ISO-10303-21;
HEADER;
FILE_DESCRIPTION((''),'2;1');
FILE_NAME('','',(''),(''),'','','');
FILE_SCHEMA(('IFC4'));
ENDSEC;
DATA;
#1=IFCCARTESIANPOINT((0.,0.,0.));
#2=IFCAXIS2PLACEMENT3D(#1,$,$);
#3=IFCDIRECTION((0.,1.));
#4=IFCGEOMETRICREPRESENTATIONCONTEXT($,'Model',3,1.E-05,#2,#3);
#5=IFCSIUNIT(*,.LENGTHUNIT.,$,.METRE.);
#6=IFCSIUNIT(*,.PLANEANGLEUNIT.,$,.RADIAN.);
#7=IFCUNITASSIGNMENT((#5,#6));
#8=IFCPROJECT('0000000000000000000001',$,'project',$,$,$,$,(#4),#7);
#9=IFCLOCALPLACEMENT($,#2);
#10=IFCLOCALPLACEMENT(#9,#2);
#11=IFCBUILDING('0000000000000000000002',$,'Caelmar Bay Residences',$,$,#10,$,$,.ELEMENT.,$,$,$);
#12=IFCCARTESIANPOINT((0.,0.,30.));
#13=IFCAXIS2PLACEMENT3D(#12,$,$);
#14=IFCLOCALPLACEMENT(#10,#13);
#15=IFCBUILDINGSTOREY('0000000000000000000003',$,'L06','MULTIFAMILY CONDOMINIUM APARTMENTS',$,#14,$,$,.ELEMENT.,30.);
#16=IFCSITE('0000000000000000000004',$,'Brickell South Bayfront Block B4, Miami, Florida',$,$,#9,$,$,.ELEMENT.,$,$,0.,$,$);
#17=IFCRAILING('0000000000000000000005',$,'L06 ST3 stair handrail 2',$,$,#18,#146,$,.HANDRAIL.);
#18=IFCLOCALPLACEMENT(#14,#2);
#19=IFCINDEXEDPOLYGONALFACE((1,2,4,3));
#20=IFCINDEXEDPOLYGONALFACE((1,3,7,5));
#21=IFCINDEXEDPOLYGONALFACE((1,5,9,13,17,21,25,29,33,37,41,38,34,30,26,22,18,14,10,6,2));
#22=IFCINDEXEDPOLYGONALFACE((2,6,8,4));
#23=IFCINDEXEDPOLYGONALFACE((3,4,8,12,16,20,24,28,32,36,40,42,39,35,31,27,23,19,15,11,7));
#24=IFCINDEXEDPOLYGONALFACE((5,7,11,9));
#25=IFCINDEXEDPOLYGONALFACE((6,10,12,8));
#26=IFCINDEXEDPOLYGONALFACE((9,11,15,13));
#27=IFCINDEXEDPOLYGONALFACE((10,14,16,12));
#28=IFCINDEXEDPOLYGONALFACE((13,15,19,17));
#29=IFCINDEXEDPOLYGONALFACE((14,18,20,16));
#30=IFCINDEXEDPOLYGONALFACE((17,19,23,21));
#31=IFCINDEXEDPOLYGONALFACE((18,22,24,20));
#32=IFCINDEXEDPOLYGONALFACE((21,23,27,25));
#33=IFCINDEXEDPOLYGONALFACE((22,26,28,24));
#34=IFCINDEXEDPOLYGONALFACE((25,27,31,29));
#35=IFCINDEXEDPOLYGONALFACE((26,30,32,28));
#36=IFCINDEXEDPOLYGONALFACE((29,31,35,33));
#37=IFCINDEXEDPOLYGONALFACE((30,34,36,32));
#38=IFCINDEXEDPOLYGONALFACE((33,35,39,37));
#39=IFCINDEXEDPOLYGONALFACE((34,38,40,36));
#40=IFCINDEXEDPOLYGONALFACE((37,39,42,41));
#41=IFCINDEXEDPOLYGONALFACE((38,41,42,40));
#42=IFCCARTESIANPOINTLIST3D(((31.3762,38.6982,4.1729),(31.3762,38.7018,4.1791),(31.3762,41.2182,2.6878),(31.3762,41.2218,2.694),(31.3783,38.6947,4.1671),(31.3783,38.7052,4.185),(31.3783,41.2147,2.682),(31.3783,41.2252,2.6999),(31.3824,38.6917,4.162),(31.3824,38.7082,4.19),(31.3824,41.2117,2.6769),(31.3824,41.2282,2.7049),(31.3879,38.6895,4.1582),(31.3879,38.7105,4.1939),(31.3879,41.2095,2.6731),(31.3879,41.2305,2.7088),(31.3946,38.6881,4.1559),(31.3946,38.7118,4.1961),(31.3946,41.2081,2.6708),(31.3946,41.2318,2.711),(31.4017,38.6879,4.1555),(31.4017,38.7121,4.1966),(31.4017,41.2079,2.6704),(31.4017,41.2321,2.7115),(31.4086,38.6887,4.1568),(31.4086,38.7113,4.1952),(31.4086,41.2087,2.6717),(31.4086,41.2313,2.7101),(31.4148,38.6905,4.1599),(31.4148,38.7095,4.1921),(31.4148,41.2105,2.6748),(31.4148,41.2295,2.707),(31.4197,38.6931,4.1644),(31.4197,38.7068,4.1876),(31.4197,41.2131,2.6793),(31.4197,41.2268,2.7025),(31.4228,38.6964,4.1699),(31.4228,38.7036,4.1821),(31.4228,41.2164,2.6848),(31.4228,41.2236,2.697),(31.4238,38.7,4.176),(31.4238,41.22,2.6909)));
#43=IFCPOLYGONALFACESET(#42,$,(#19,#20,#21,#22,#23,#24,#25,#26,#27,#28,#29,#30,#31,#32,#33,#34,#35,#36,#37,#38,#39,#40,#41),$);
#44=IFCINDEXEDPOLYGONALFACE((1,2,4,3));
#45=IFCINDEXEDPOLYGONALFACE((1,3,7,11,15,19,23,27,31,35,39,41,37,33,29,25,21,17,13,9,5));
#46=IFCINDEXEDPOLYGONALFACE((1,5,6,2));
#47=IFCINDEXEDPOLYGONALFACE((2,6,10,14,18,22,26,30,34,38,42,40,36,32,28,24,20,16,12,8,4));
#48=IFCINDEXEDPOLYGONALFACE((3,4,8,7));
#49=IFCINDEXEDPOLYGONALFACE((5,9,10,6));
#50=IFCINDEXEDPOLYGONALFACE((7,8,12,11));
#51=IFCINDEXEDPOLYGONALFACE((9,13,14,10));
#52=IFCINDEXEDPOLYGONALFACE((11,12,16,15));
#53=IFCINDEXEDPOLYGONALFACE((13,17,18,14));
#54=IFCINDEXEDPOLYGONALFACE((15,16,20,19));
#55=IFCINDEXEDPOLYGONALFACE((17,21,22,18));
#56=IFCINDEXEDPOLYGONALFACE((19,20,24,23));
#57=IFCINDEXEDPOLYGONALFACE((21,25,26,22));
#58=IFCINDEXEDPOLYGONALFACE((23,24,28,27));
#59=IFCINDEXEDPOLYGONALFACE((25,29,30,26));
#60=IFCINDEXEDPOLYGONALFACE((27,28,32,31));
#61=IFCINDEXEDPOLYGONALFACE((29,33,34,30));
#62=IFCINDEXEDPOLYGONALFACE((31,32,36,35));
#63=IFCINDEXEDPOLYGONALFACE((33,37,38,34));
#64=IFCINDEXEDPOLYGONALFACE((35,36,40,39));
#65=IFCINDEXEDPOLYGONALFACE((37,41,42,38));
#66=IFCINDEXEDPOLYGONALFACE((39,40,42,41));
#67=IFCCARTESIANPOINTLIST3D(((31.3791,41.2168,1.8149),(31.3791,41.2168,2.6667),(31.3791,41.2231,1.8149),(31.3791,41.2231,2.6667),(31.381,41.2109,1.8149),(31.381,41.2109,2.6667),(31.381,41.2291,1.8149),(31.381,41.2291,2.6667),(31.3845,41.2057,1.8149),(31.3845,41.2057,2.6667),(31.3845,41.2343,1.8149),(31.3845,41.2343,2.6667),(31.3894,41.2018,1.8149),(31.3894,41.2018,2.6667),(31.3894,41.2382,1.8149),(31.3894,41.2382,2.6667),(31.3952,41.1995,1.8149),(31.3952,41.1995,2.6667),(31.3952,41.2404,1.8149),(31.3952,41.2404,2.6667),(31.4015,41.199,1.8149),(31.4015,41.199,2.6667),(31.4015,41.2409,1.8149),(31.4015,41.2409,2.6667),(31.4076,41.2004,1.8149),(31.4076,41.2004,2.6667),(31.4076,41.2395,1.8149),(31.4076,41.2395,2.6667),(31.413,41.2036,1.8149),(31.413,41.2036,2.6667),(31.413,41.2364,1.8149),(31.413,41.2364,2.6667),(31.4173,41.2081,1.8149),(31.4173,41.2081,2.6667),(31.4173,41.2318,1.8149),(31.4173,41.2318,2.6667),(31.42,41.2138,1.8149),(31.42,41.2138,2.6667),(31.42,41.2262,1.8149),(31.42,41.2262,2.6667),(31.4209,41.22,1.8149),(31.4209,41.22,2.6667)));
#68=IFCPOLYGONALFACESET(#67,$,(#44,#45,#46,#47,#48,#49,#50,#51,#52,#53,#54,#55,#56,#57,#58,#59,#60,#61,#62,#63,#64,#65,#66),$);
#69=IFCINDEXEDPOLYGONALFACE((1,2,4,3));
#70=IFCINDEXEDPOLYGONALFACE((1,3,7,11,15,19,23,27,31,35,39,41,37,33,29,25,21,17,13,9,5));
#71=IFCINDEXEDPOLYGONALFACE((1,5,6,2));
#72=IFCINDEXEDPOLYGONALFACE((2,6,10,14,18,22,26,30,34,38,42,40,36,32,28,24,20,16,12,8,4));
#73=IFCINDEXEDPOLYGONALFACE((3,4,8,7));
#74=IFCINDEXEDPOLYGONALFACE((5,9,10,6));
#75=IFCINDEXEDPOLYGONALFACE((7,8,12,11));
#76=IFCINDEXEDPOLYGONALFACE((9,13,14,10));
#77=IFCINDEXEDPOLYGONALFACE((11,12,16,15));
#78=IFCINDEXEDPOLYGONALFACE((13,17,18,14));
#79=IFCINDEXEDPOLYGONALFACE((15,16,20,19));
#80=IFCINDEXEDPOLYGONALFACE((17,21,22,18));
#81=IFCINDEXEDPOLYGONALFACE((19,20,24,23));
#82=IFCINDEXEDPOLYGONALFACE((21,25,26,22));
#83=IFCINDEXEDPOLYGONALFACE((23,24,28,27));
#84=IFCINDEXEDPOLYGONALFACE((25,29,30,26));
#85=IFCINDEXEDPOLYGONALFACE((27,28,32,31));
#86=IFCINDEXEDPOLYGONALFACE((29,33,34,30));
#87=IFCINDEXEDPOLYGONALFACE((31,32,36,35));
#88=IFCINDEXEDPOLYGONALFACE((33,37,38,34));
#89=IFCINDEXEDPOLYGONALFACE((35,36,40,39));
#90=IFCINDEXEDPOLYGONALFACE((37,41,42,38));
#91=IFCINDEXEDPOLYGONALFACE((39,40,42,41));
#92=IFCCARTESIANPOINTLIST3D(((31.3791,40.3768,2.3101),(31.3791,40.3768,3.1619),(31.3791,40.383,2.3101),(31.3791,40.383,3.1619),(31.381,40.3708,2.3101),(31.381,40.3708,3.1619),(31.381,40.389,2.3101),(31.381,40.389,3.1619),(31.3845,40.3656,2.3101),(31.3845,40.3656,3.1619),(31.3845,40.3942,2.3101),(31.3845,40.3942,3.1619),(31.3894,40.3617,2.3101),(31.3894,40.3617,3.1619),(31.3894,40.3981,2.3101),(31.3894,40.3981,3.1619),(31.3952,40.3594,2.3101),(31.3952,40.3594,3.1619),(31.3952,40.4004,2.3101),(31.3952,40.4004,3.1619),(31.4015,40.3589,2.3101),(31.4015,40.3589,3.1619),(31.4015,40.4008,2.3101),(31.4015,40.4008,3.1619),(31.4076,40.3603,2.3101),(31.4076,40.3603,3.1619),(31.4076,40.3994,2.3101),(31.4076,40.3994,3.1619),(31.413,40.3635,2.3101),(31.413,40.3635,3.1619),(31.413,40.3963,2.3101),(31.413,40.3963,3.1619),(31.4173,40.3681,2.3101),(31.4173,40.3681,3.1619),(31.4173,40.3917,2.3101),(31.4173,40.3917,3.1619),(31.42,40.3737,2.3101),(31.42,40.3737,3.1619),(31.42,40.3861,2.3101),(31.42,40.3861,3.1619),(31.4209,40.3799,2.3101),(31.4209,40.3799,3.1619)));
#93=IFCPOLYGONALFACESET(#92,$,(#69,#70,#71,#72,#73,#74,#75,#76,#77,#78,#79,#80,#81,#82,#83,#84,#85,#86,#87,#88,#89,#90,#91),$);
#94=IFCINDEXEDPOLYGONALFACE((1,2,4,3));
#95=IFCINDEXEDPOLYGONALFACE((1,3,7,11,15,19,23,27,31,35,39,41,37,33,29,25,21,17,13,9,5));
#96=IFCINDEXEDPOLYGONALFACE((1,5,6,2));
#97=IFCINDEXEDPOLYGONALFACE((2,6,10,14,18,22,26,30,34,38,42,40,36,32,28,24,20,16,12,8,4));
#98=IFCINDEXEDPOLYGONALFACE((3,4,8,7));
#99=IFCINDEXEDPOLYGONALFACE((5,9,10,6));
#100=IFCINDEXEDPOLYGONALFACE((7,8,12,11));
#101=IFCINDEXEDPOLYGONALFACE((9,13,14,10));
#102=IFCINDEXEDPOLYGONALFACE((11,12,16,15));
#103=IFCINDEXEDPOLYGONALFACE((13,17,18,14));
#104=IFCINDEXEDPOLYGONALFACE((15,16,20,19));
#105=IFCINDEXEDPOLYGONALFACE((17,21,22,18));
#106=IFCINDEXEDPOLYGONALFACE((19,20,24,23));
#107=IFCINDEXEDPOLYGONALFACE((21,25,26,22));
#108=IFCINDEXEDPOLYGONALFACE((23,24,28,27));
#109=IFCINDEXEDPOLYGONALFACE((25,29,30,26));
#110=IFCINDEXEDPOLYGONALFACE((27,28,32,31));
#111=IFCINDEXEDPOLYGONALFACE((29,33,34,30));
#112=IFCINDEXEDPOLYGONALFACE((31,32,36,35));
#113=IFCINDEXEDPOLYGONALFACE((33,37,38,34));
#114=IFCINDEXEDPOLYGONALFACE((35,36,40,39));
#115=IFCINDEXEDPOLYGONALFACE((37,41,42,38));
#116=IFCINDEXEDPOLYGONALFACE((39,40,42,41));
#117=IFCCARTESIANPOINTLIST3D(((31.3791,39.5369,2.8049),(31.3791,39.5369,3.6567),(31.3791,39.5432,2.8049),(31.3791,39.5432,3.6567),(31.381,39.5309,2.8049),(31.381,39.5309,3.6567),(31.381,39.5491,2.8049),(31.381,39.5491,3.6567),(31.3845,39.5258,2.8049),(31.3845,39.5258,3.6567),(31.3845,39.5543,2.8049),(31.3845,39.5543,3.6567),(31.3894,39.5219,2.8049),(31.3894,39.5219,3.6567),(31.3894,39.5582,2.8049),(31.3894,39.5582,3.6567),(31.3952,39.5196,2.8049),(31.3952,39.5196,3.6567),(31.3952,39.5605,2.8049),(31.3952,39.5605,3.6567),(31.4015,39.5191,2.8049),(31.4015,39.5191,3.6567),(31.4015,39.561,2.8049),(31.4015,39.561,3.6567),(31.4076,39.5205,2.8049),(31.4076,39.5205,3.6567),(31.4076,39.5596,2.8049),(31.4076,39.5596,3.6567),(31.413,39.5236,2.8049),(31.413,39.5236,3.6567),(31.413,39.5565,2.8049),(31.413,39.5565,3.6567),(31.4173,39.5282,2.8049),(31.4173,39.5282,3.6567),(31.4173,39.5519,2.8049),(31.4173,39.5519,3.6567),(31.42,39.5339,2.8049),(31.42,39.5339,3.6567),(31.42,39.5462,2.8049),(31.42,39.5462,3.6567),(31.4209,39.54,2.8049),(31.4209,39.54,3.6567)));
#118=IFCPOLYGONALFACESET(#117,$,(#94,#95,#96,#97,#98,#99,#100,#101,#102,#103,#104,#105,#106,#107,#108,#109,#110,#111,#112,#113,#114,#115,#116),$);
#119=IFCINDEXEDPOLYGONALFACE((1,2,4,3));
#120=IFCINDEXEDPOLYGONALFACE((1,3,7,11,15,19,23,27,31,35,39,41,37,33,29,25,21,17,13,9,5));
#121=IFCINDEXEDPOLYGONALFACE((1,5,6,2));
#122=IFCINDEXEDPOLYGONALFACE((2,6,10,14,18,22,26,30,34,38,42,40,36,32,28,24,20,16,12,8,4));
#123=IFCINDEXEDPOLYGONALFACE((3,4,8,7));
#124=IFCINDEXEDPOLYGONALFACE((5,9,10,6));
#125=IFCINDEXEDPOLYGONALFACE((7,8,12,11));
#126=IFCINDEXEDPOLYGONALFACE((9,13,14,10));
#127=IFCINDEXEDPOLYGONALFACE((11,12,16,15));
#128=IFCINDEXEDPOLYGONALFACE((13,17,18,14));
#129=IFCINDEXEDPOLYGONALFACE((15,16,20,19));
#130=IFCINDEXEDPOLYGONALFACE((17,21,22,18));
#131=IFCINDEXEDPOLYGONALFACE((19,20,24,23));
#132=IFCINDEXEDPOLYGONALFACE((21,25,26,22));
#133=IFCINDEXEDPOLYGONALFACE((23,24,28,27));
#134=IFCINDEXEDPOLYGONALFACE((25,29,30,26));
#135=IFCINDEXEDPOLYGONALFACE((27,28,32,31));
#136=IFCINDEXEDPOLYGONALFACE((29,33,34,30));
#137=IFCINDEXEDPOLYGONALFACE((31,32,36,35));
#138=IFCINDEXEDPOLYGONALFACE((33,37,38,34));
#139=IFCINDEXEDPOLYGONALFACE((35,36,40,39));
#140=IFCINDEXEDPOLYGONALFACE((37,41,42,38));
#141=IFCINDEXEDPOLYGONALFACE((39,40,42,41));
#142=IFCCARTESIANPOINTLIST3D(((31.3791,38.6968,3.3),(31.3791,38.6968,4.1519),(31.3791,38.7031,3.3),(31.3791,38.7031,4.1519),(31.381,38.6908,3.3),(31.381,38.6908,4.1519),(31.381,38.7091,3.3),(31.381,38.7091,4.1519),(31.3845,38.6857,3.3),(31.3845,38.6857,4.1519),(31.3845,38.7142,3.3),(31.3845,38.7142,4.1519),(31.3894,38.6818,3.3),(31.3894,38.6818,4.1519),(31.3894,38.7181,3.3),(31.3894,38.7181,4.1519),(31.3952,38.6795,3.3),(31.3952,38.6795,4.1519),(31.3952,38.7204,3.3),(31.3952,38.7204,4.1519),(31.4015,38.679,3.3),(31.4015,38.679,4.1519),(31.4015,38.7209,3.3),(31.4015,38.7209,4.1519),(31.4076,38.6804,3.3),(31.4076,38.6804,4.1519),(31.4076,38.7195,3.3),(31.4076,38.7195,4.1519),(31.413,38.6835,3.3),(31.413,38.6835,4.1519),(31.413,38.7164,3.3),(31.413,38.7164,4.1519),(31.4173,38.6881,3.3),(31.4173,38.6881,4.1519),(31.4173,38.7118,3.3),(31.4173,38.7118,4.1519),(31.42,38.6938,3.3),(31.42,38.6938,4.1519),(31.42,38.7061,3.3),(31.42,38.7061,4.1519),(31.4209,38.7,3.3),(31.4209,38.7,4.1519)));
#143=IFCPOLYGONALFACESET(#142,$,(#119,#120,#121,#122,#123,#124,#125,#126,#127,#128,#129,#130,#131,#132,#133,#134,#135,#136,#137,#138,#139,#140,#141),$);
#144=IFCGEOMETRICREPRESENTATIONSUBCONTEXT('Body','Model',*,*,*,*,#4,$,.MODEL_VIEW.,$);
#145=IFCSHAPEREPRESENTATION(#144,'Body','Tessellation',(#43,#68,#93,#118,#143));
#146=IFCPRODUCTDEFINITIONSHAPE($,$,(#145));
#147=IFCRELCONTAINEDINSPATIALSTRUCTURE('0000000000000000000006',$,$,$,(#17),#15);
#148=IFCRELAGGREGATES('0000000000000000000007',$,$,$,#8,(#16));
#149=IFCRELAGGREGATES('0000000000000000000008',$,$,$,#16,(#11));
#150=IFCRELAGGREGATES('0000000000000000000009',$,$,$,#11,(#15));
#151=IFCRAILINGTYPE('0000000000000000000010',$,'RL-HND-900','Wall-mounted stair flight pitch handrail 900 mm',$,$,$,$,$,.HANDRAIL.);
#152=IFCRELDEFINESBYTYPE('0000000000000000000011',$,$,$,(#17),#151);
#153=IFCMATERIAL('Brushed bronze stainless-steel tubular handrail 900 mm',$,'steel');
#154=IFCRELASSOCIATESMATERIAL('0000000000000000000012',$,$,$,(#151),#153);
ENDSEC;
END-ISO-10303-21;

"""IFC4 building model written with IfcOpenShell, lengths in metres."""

from ifc_helpers import new_model, si_unit, direction, frame, origin, origin_2d, place, context, subcontext, project, spatial, circle, extrude, material, type_object, element, save


model = new_model("IFC4")

# Units and contexts
model_context = context("Model", 3, precision=1e-05, world=origin(), true_north=direction((0.0, 1.0)))
body_context = subcontext(model_context, "Body", "Model", "MODEL_VIEW")
ifc_project = project(units=[si_unit("LENGTHUNIT", "METRE"), si_unit("PLANEANGLEUNIT", "RADIAN")], contexts=[model_context])

# Site, building, storey
site_placement = place(None, origin())
site = spatial("IfcSite", under=ifc_project, at=site_placement, Name="Brickell South Bayfront Block B4, Miami, Florida", CompositionType="ELEMENT", RefElevation=0.0)
building_placement = place(site_placement, origin())
building = spatial("IfcBuilding", under=site, at=building_placement, Name="Caelmar Bay Residences", CompositionType="ELEMENT")
storey_placement = place(building_placement, frame((0.0, 0.0, 30.0)))
storey = spatial("IfcBuildingStorey", under=building, at=storey_placement, Name="L06", Description="MULTIFAMILY CONDOMINIUM APARTMENTS", CompositionType="ELEMENT", Elevation=30.0)

# Railing
ifc_material_1 = material(Name="Brushed bronze stainless-steel tubular handrail 900 mm", Category="steel")
railing_type_1 = type_object("IfcRailingType", Name="RL-HND-900", Description="Wall-mounted stair flight pitch handrail 900 mm", PredefinedType="HANDRAIL", material=ifc_material_1)
railing_1_placement = place(storey_placement, frame((31.3999, 41.22, 1.8149)))
element("IfcRailing", 1, at=railing_1_placement, inside=storey, type_object=railing_type_1, Name="L06 ST3 stair handrail 2", PredefinedType="HANDRAIL", context=body_context, shape_type="SweptSolid", body=[
    extrude(circle(Radius=0.0239, at=origin_2d()), frame((0.0, 0.0, 0.876), z_axis=(0.0, -0.861524, 0.507717), x_axis=(1.0, 0.0, 0.0)), (0.0, 0.0, 1.0), 2.925),
    extrude(circle(Radius=0.021, at=origin_2d()), origin(), (0.0, 0.0, 1.0), 0.8518),
    extrude(circle(Radius=0.021, at=origin_2d()), frame((0.0, -0.8401, 0.4951)), (0.0, 0.0, 1.0), 0.8518),
    extrude(circle(Radius=0.021, at=origin_2d()), frame((0.0, -1.6799, 0.99)), (0.0, 0.0, 1.0), 0.8518),
    extrude(circle(Radius=0.021, at=origin_2d()), frame((0.0, -2.52, 1.4851)), (0.0, 0.0, 1.0), 0.8518),
])

save(model, "model.ifc")
